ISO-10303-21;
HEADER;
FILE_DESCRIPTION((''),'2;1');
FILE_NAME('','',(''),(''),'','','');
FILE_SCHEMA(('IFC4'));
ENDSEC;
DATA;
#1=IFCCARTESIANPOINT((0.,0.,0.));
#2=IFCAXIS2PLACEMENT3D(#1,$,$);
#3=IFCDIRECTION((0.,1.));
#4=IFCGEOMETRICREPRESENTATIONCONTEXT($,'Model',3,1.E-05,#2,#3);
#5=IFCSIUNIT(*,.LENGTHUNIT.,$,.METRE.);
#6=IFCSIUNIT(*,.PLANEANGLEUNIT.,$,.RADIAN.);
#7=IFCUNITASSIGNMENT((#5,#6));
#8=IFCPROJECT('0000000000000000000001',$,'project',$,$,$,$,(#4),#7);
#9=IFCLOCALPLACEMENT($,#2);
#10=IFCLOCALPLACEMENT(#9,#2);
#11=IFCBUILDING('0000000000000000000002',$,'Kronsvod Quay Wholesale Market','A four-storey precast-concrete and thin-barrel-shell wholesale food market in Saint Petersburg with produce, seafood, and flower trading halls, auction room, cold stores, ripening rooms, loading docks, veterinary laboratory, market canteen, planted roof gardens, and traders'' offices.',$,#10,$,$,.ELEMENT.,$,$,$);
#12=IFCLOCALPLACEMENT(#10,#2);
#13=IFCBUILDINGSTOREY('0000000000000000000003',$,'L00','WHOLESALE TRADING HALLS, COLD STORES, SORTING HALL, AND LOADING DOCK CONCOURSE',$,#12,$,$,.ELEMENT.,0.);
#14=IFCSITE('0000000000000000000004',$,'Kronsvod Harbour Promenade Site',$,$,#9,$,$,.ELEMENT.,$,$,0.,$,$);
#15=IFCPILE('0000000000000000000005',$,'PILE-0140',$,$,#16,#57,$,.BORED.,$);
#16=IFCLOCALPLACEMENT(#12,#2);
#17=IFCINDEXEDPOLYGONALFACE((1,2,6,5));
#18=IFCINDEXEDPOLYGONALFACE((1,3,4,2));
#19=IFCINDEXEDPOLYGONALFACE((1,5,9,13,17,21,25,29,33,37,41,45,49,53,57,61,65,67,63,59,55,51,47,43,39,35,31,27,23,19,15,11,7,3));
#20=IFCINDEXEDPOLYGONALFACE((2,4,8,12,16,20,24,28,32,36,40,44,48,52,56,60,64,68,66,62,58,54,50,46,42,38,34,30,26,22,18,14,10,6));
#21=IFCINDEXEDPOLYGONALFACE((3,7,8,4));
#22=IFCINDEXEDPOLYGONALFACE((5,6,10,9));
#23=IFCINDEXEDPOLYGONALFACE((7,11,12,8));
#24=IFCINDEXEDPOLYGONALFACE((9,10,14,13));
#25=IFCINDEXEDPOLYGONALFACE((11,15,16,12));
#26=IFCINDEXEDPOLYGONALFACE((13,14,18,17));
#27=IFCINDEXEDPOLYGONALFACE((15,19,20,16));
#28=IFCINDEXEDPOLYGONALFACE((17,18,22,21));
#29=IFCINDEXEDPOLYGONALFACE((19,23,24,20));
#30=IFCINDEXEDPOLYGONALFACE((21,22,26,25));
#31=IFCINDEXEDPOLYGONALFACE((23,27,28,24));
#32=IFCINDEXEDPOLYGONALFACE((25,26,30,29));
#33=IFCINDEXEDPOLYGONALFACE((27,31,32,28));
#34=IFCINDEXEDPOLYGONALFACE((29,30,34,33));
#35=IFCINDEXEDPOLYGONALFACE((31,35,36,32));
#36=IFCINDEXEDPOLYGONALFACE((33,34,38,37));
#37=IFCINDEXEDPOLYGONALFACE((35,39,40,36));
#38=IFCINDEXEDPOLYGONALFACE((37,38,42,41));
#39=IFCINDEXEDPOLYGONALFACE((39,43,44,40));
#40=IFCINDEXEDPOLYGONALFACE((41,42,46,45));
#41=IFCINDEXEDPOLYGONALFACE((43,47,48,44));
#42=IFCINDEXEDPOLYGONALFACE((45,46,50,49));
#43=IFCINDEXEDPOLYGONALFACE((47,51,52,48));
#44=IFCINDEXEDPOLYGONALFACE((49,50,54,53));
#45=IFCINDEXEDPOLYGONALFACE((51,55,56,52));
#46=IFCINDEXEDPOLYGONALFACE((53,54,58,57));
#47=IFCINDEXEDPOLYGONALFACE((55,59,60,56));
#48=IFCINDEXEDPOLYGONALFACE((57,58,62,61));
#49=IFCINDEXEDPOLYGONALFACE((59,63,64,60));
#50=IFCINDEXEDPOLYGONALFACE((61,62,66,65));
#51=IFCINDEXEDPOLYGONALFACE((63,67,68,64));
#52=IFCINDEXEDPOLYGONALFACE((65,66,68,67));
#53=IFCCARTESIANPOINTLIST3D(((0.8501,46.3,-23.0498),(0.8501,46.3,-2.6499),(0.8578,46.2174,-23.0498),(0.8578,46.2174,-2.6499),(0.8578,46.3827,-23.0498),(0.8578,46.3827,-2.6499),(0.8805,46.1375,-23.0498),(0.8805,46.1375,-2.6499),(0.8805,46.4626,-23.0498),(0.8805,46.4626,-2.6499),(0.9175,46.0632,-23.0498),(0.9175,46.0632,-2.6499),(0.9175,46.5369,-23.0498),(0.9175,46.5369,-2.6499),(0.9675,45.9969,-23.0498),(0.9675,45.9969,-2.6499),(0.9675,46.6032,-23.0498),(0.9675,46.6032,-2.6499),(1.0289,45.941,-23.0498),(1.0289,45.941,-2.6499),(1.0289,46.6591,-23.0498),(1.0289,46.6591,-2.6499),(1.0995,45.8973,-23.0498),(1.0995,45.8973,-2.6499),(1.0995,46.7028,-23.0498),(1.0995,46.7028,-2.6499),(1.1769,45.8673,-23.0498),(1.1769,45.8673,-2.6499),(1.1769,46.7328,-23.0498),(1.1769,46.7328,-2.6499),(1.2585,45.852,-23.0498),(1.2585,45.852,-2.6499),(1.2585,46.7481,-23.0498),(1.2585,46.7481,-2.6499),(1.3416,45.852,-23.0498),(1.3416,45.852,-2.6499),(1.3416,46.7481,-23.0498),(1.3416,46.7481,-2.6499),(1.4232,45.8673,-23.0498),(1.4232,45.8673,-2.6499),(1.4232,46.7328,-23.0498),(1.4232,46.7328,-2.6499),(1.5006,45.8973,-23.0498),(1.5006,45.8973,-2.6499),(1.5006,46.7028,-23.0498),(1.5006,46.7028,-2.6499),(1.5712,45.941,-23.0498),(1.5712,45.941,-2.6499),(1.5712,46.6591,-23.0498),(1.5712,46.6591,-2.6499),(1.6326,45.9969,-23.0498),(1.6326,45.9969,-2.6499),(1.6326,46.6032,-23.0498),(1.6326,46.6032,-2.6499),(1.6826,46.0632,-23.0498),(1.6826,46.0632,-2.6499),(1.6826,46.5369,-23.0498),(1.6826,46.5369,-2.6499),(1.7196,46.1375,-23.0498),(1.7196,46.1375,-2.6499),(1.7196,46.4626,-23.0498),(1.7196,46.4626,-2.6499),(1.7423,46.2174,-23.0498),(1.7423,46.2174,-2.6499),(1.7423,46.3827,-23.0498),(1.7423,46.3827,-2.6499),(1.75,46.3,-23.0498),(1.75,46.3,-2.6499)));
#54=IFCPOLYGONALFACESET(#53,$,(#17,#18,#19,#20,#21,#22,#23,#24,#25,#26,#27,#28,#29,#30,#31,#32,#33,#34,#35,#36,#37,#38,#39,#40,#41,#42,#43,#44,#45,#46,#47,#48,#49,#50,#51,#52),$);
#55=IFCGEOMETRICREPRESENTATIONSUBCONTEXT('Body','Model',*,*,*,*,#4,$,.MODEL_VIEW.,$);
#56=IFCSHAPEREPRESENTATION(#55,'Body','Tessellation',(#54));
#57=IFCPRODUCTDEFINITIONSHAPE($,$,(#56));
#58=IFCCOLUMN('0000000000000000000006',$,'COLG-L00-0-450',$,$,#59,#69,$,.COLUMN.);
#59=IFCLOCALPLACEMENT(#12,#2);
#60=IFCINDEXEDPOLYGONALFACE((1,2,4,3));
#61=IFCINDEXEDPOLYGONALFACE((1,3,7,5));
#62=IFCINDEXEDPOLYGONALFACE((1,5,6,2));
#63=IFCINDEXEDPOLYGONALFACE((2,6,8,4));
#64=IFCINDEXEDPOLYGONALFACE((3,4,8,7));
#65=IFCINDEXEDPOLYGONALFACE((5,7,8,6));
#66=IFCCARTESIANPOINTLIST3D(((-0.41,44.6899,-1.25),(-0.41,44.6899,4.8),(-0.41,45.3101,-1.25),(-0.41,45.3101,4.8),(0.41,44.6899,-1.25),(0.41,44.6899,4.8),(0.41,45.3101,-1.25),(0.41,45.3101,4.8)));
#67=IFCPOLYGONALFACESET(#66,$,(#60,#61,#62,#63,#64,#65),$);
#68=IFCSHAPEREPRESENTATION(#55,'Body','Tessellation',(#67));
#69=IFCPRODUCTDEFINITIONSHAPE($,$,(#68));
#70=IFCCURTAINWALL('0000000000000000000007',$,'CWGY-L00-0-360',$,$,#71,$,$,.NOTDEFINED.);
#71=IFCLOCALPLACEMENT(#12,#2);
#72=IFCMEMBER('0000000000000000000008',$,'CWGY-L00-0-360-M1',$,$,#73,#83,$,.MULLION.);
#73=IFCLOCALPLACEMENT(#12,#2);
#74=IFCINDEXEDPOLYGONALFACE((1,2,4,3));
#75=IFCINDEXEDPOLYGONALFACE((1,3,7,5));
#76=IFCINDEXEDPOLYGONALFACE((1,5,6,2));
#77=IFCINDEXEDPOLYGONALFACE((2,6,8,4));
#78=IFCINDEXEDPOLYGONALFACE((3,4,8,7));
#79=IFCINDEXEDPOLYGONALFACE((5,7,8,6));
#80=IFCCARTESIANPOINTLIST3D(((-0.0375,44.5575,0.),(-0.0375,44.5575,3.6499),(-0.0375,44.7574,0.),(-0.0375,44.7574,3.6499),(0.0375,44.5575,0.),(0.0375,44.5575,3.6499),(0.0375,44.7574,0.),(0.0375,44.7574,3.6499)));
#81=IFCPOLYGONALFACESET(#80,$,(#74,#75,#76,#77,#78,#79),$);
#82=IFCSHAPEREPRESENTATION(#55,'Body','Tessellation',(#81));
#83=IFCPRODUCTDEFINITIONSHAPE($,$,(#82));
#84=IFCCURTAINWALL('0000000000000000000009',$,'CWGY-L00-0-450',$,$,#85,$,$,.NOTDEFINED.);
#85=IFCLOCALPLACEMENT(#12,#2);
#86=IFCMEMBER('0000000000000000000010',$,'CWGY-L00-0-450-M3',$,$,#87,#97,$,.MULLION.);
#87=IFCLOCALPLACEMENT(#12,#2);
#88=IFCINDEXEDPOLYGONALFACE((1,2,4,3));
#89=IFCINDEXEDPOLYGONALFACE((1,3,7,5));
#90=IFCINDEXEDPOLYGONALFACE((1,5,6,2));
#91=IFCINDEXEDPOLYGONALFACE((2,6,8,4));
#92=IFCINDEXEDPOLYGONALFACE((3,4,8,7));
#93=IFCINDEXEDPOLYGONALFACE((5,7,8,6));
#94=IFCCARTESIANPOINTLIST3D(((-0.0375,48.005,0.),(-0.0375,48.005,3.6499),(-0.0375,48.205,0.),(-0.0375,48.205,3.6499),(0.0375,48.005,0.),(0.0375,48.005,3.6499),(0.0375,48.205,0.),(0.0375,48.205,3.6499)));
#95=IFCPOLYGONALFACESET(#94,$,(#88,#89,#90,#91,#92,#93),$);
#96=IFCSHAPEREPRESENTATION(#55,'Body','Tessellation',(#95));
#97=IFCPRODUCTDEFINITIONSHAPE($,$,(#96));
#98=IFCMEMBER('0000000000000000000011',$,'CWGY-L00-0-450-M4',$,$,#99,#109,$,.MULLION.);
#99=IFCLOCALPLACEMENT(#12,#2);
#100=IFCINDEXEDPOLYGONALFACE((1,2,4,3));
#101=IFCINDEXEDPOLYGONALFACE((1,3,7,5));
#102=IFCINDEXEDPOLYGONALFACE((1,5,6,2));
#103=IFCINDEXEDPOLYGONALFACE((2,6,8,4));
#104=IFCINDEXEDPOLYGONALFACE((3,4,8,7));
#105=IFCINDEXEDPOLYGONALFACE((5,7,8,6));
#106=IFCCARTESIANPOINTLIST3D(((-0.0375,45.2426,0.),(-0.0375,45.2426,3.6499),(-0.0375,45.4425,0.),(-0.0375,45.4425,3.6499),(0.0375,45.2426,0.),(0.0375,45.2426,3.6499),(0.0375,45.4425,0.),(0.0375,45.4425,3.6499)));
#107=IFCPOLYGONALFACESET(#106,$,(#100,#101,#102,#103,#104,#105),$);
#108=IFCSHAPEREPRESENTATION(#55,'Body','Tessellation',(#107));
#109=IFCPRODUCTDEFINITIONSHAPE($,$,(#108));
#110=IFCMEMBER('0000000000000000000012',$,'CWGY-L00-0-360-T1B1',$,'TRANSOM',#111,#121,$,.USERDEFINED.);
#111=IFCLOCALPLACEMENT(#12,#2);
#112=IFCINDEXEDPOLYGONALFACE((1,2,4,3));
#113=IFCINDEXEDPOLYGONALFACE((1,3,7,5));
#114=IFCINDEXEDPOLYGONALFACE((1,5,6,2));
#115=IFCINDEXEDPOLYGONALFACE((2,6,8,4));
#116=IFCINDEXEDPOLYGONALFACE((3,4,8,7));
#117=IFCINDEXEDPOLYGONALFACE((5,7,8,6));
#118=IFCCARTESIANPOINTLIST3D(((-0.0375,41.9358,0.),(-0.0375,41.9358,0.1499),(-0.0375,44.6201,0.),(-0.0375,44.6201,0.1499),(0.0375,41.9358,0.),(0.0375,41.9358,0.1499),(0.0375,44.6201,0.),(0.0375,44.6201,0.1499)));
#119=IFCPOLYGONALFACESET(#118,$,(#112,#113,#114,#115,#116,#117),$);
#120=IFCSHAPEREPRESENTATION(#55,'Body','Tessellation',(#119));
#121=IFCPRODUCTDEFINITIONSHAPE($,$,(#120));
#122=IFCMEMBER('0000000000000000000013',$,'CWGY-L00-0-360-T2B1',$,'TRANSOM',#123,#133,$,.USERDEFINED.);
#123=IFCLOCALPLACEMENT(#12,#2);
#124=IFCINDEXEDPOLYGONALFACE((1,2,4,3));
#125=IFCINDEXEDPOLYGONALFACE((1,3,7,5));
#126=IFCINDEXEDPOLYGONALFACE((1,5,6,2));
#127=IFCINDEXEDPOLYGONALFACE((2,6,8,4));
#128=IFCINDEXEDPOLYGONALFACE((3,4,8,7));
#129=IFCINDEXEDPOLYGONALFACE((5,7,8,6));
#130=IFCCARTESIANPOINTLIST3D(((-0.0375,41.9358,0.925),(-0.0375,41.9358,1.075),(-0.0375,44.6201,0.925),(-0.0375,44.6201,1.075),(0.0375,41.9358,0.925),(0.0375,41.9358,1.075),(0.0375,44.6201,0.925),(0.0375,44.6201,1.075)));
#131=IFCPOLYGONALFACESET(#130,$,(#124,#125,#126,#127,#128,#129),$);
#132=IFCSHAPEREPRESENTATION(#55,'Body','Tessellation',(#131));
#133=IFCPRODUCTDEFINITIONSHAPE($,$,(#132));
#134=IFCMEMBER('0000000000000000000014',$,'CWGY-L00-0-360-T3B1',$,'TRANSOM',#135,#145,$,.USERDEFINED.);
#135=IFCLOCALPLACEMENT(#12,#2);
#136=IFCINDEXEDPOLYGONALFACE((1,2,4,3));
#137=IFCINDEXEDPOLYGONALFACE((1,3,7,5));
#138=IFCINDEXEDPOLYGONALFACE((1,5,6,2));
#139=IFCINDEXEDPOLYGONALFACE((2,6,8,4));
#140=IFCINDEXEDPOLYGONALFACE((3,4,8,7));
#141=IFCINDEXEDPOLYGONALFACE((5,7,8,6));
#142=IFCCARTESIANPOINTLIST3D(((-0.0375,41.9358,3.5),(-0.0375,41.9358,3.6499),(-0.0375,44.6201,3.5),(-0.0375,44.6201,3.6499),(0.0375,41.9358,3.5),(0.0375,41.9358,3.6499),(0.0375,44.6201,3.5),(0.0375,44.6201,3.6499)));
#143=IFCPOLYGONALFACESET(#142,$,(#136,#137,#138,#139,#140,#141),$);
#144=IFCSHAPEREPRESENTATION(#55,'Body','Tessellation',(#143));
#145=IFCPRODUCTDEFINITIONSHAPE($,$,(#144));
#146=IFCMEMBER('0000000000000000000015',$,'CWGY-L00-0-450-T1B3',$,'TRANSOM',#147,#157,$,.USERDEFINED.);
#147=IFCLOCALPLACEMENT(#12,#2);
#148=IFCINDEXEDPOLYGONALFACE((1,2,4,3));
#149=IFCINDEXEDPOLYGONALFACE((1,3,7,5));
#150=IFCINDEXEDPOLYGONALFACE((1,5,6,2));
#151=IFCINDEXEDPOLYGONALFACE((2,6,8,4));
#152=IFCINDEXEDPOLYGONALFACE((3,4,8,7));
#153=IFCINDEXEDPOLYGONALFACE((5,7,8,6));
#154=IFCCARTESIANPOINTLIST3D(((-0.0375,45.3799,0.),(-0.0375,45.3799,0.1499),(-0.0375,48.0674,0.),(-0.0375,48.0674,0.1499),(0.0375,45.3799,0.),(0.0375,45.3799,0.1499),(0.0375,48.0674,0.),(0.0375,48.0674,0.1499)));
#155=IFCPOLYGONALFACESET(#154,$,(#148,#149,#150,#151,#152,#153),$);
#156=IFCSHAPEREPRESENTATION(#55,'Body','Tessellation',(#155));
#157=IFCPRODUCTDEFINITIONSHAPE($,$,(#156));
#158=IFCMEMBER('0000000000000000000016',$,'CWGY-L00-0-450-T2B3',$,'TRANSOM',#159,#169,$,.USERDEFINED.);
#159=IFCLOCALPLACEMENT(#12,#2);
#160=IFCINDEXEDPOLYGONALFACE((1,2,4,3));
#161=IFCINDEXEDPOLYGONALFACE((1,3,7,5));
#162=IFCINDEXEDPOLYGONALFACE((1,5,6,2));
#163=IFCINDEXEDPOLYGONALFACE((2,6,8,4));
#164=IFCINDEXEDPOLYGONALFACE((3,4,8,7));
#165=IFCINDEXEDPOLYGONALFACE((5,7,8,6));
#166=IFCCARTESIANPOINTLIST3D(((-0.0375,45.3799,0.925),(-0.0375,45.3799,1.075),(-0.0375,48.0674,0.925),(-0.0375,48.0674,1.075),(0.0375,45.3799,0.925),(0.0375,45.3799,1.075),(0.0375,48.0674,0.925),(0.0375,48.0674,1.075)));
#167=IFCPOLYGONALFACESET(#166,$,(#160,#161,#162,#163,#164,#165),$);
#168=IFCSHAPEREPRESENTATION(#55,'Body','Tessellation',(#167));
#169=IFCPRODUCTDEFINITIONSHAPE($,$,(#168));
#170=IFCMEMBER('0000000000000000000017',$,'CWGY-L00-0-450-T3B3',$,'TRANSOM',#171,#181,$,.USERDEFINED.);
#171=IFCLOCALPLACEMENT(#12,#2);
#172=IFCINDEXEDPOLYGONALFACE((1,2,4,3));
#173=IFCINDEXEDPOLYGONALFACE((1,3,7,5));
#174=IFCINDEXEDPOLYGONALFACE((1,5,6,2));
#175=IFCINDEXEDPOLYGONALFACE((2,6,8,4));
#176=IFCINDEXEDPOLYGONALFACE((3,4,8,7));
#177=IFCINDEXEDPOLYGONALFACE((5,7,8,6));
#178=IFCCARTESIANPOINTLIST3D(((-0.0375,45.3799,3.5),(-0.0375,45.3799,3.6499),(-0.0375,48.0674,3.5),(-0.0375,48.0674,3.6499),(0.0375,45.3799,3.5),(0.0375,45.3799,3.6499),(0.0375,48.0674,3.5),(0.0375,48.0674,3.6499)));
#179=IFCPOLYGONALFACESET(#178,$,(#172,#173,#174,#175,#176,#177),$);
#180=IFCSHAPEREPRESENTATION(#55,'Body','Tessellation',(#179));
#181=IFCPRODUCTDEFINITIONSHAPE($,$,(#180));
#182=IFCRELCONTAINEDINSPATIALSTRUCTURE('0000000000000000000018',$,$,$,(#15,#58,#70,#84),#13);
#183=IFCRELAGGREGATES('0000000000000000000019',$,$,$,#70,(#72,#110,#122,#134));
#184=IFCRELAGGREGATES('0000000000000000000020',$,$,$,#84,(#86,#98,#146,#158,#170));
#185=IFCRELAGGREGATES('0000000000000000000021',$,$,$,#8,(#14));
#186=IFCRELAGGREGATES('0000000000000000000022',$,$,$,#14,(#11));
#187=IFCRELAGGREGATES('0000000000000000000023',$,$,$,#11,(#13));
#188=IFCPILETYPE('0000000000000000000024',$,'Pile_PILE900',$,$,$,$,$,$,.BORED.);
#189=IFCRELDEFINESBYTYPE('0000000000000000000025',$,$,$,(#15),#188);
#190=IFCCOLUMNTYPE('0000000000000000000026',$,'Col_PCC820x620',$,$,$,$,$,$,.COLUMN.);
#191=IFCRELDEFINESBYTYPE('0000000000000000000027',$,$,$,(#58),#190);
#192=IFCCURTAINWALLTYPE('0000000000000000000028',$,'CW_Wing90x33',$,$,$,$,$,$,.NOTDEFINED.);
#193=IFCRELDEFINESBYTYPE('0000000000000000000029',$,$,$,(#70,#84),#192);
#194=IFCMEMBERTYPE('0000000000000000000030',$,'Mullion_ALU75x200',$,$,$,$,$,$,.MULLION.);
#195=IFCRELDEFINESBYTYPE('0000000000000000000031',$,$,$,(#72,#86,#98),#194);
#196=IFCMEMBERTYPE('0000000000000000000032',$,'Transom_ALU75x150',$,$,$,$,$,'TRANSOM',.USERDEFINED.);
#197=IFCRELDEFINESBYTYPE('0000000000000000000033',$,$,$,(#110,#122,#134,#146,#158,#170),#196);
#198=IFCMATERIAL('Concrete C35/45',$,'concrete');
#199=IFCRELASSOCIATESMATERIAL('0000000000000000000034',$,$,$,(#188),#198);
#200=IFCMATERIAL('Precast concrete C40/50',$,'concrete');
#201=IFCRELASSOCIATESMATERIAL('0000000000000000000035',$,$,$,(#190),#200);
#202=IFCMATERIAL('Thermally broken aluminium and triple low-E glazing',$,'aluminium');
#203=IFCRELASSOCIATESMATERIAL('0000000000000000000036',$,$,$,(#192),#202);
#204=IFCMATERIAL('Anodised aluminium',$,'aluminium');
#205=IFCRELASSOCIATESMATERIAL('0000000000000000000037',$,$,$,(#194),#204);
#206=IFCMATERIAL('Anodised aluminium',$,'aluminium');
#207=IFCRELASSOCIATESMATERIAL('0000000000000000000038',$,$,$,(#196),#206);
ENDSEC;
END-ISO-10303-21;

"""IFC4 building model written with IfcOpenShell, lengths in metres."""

from ifc_helpers import new_model, si_unit, direction, frame, origin, origin_2d, place, context, subcontext, project, spatial, rectangle, circle, extrude, material, material_profile, profile_set, type_object, element, aggregate, save


model = new_model("IFC4")

# Units and contexts
model_context = context("Model", 3, precision=1e-05, world=origin(), true_north=direction((0.0, 1.0)))
body_context = subcontext(model_context, "Body", "Model", "MODEL_VIEW")
ifc_project = project(units=[si_unit("LENGTHUNIT", "METRE"), si_unit("PLANEANGLEUNIT", "RADIAN")], contexts=[model_context])

# Site, building, storey
site_placement = place(None, origin())
site = spatial("IfcSite", under=ifc_project, at=site_placement, Name="Kronsvod Harbour Promenade Site", CompositionType="ELEMENT", RefElevation=0.0)
building_placement = place(site_placement, origin())
building = spatial("IfcBuilding", under=site, at=building_placement, Name="Kronsvod Quay Wholesale Market", Description="A four-storey precast-concrete and thin-barrel-shell wholesale food market in Saint Petersburg with produce, seafood, and flower trading halls, auction room, cold stores, ripening rooms, loading docks, veterinary laboratory, market canteen, planted roof gardens, and traders' offices.", CompositionType="ELEMENT")
storey_placement = place(building_placement, origin())
storey = spatial("IfcBuildingStorey", under=building, at=storey_placement, Name="L00", Description="WHOLESALE TRADING HALLS, COLD STORES, SORTING HALL, AND LOADING DOCK CONCOURSE", CompositionType="ELEMENT", Elevation=0.0)

# Pile
ifc_material_1 = material(Name="Concrete C35/45", Category="concrete")
ifc_material_profile_1 = material_profile(ifc_material_1, circle(Radius=0.45, at=origin_2d()), Name="PILE900")
ifc_profile_set_1 = profile_set([ifc_material_profile_1], Name="Concrete C35/45")
pile_type = type_object("IfcPileType", Name="Pile_PILE900", PredefinedType="BORED", material=ifc_profile_set_1)
for number, where, z_axis, x_axis, name in (
    (1, (1.3, 46.3, -2.6499), (0.0, 0.0, -1.0), (1.0, 0.0, 0.0), "PILE-0140"),
):
    element("IfcPile", number, at=place(storey_placement, frame(where, z_axis=z_axis, x_axis=x_axis)), inside=storey, type_object=pile_type, Name=name, PredefinedType="BORED", context=body_context, shape_type="SweptSolid", body=[
        extrude(circle(Radius=0.45, at=origin_2d()), origin(), (0.0, 0.0, 1.0), 20.3999),
    ])

# Column
ifc_material_2 = material(Name="Precast concrete C40/50", Category="concrete")
ifc_material_profile_2 = material_profile(ifc_material_2, rectangle(XDim=0.8201, YDim=0.6201, at=origin_2d()), Name="COL-10")
ifc_profile_set_2 = profile_set([ifc_material_profile_2], Name="Precast concrete C40/50")
column_type = type_object("IfcColumnType", Name="Col_PCC820x620", PredefinedType="COLUMN", material=ifc_profile_set_2)
column_placement = place(storey_placement, frame((0.0, 45.0, -1.25), z_axis=(0.0, 0.0, 1.0), x_axis=(1.0, 0.0, 0.0)))
element("IfcColumn", 2, at=column_placement, inside=storey, type_object=column_type, Name="COLG-L00-0-450", PredefinedType="COLUMN", context=body_context, shape_type="SweptSolid", body=[
    extrude(rectangle(XDim=0.8201, YDim=0.6201, at=origin_2d()), origin(), (0.0, 0.0, 1.0), 6.05),
])

# Curtain wall, member
ifc_material_3 = material(Name="Thermally broken aluminium and triple low-E glazing", Category="aluminium")
curtain_wall_type = type_object("IfcCurtainWallType", Name="CW_Wing90x33", PredefinedType="NOTDEFINED", material=ifc_material_3)
curtain_wall_1_placement = place(storey_placement, origin())
curtain_wall_1 = element("IfcCurtainWall", 3, at=curtain_wall_1_placement, inside=storey, type_object=curtain_wall_type, Name="CWGY-L00-0-360", PredefinedType="NOTDEFINED")
ifc_material_4 = material(Name="Anodised aluminium", Category="aluminium")
ifc_material_profile_3 = material_profile(ifc_material_4, rectangle(XDim=0.075, YDim=0.2, at=origin_2d()), Name="ALUM75x200")
ifc_profile_set_3 = profile_set([ifc_material_profile_3], Name="Anodised aluminium")
member_type_1 = type_object("IfcMemberType", Name="Mullion_ALU75x200", PredefinedType="MULLION", material=ifc_profile_set_3)
member_1_placement = place(storey_placement, frame((0.0, 44.6575, 0.0), z_axis=(0.0, 0.0, 1.0), x_axis=(1.0, 0.0, 0.0)))
member_1 = element("IfcMember", 4, at=member_1_placement, type_object=member_type_1, Name="CWGY-L00-0-360-M1", PredefinedType="MULLION", context=body_context, shape_type="SweptSolid", body=[
    extrude(rectangle(XDim=0.075, YDim=0.2, at=origin_2d()), origin(), (0.0, 0.0, 1.0), 3.6499),
])

# Curtain wall, members
curtain_wall_2_placement = place(storey_placement, origin())
curtain_wall_2 = element("IfcCurtainWall", 5, at=curtain_wall_2_placement, inside=storey, type_object=curtain_wall_type, Name="CWGY-L00-0-450", PredefinedType="NOTDEFINED")
member_2_placement = place(storey_placement, frame((0.0, 48.105, 0.0), z_axis=(0.0, 0.0, 1.0), x_axis=(1.0, 0.0, 0.0)))
member_2 = element("IfcMember", 6, at=member_2_placement, type_object=member_type_1, Name="CWGY-L00-0-450-M3", PredefinedType="MULLION", context=body_context, shape_type="SweptSolid", body=[
    extrude(rectangle(XDim=0.075, YDim=0.2, at=origin_2d()), origin(), (0.0, 0.0, 1.0), 3.6499),
])
member_3_placement = place(storey_placement, frame((0.0, 45.3425, 0.0), z_axis=(0.0, 0.0, 1.0), x_axis=(1.0, 0.0, 0.0)))
member_3 = element("IfcMember", 7, at=member_3_placement, type_object=member_type_1, Name="CWGY-L00-0-450-M4", PredefinedType="MULLION", context=body_context, shape_type="SweptSolid", body=[
    extrude(rectangle(XDim=0.075, YDim=0.2, at=origin_2d()), origin(), (0.0, 0.0, 1.0), 3.6499),
])

# Members
ifc_material_5 = material(Name="Anodised aluminium", Category="aluminium")
ifc_material_profile_4 = material_profile(ifc_material_5, rectangle(XDim=0.075, YDim=0.1499, at=origin_2d()), Name="ALUT75x150")
ifc_profile_set_4 = profile_set([ifc_material_profile_4], Name="Anodised aluminium")
member_type_2 = type_object("IfcMemberType", Name="Transom_ALU75x150", ElementType="TRANSOM", PredefinedType="USERDEFINED", material=ifc_profile_set_4)
member_4_placement = place(storey_placement, frame((0.0, 44.6201, 0.075), z_axis=(0.0, -1.0, 0.0), x_axis=(1.0, 0.0, 0.0)))
member_4 = element("IfcMember", 8, at=member_4_placement, type_object=member_type_2, Name="CWGY-L00-0-360-T1B1", ObjectType="TRANSOM", PredefinedType="USERDEFINED", context=body_context, shape_type="SweptSolid", body=[
    extrude(rectangle(XDim=0.075, YDim=0.1499, at=origin_2d()), origin(), (0.0, 0.0, 1.0), 2.6843),
])
member_5_placement = place(storey_placement, frame((0.0, 44.6201, 1.0), z_axis=(0.0, -1.0, 0.0), x_axis=(1.0, 0.0, 0.0)))
member_5 = element("IfcMember", 9, at=member_5_placement, type_object=member_type_2, Name="CWGY-L00-0-360-T2B1", ObjectType="TRANSOM", PredefinedType="USERDEFINED", context=body_context, shape_type="SweptSolid", body=[
    extrude(rectangle(XDim=0.075, YDim=0.1499, at=origin_2d()), origin(), (0.0, 0.0, 1.0), 2.6843),
])
member_6_placement = place(storey_placement, frame((0.0, 44.6201, 3.575), z_axis=(0.0, -1.0, 0.0), x_axis=(1.0, 0.0, 0.0)))
member_6 = element("IfcMember", 10, at=member_6_placement, type_object=member_type_2, Name="CWGY-L00-0-360-T3B1", ObjectType="TRANSOM", PredefinedType="USERDEFINED", context=body_context, shape_type="SweptSolid", body=[
    extrude(rectangle(XDim=0.075, YDim=0.1499, at=origin_2d()), origin(), (0.0, 0.0, 1.0), 2.6843),
])
member_7_placement = place(storey_placement, frame((0.0, 48.0674, 0.075), z_axis=(0.0, -1.0, 0.0), x_axis=(1.0, 0.0, 0.0)))
member_7 = element("IfcMember", 11, at=member_7_placement, type_object=member_type_2, Name="CWGY-L00-0-450-T1B3", ObjectType="TRANSOM", PredefinedType="USERDEFINED", context=body_context, shape_type="SweptSolid", body=[
    extrude(rectangle(XDim=0.075, YDim=0.1499, at=origin_2d()), origin(), (0.0, 0.0, 1.0), 2.6875),
])
member_8_placement = place(storey_placement, frame((0.0, 48.0674, 1.0), z_axis=(0.0, -1.0, 0.0), x_axis=(1.0, 0.0, 0.0)))
member_8 = element("IfcMember", 12, at=member_8_placement, type_object=member_type_2, Name="CWGY-L00-0-450-T2B3", ObjectType="TRANSOM", PredefinedType="USERDEFINED", context=body_context, shape_type="SweptSolid", body=[
    extrude(rectangle(XDim=0.075, YDim=0.1499, at=origin_2d()), origin(), (0.0, 0.0, 1.0), 2.6875),
])
member_9_placement = place(storey_placement, frame((0.0, 48.0674, 3.575), z_axis=(0.0, -1.0, 0.0), x_axis=(1.0, 0.0, 0.0)))
member_9 = element("IfcMember", 13, at=member_9_placement, type_object=member_type_2, Name="CWGY-L00-0-450-T3B3", ObjectType="TRANSOM", PredefinedType="USERDEFINED", context=body_context, shape_type="SweptSolid", body=[
    extrude(rectangle(XDim=0.075, YDim=0.1499, at=origin_2d()), origin(), (0.0, 0.0, 1.0), 2.6875),
])

aggregate(curtain_wall_1, [member_1, member_4, member_5, member_6])
aggregate(curtain_wall_2, [member_2, member_3, member_7, member_8, member_9])

save(model, "model.ifc")
